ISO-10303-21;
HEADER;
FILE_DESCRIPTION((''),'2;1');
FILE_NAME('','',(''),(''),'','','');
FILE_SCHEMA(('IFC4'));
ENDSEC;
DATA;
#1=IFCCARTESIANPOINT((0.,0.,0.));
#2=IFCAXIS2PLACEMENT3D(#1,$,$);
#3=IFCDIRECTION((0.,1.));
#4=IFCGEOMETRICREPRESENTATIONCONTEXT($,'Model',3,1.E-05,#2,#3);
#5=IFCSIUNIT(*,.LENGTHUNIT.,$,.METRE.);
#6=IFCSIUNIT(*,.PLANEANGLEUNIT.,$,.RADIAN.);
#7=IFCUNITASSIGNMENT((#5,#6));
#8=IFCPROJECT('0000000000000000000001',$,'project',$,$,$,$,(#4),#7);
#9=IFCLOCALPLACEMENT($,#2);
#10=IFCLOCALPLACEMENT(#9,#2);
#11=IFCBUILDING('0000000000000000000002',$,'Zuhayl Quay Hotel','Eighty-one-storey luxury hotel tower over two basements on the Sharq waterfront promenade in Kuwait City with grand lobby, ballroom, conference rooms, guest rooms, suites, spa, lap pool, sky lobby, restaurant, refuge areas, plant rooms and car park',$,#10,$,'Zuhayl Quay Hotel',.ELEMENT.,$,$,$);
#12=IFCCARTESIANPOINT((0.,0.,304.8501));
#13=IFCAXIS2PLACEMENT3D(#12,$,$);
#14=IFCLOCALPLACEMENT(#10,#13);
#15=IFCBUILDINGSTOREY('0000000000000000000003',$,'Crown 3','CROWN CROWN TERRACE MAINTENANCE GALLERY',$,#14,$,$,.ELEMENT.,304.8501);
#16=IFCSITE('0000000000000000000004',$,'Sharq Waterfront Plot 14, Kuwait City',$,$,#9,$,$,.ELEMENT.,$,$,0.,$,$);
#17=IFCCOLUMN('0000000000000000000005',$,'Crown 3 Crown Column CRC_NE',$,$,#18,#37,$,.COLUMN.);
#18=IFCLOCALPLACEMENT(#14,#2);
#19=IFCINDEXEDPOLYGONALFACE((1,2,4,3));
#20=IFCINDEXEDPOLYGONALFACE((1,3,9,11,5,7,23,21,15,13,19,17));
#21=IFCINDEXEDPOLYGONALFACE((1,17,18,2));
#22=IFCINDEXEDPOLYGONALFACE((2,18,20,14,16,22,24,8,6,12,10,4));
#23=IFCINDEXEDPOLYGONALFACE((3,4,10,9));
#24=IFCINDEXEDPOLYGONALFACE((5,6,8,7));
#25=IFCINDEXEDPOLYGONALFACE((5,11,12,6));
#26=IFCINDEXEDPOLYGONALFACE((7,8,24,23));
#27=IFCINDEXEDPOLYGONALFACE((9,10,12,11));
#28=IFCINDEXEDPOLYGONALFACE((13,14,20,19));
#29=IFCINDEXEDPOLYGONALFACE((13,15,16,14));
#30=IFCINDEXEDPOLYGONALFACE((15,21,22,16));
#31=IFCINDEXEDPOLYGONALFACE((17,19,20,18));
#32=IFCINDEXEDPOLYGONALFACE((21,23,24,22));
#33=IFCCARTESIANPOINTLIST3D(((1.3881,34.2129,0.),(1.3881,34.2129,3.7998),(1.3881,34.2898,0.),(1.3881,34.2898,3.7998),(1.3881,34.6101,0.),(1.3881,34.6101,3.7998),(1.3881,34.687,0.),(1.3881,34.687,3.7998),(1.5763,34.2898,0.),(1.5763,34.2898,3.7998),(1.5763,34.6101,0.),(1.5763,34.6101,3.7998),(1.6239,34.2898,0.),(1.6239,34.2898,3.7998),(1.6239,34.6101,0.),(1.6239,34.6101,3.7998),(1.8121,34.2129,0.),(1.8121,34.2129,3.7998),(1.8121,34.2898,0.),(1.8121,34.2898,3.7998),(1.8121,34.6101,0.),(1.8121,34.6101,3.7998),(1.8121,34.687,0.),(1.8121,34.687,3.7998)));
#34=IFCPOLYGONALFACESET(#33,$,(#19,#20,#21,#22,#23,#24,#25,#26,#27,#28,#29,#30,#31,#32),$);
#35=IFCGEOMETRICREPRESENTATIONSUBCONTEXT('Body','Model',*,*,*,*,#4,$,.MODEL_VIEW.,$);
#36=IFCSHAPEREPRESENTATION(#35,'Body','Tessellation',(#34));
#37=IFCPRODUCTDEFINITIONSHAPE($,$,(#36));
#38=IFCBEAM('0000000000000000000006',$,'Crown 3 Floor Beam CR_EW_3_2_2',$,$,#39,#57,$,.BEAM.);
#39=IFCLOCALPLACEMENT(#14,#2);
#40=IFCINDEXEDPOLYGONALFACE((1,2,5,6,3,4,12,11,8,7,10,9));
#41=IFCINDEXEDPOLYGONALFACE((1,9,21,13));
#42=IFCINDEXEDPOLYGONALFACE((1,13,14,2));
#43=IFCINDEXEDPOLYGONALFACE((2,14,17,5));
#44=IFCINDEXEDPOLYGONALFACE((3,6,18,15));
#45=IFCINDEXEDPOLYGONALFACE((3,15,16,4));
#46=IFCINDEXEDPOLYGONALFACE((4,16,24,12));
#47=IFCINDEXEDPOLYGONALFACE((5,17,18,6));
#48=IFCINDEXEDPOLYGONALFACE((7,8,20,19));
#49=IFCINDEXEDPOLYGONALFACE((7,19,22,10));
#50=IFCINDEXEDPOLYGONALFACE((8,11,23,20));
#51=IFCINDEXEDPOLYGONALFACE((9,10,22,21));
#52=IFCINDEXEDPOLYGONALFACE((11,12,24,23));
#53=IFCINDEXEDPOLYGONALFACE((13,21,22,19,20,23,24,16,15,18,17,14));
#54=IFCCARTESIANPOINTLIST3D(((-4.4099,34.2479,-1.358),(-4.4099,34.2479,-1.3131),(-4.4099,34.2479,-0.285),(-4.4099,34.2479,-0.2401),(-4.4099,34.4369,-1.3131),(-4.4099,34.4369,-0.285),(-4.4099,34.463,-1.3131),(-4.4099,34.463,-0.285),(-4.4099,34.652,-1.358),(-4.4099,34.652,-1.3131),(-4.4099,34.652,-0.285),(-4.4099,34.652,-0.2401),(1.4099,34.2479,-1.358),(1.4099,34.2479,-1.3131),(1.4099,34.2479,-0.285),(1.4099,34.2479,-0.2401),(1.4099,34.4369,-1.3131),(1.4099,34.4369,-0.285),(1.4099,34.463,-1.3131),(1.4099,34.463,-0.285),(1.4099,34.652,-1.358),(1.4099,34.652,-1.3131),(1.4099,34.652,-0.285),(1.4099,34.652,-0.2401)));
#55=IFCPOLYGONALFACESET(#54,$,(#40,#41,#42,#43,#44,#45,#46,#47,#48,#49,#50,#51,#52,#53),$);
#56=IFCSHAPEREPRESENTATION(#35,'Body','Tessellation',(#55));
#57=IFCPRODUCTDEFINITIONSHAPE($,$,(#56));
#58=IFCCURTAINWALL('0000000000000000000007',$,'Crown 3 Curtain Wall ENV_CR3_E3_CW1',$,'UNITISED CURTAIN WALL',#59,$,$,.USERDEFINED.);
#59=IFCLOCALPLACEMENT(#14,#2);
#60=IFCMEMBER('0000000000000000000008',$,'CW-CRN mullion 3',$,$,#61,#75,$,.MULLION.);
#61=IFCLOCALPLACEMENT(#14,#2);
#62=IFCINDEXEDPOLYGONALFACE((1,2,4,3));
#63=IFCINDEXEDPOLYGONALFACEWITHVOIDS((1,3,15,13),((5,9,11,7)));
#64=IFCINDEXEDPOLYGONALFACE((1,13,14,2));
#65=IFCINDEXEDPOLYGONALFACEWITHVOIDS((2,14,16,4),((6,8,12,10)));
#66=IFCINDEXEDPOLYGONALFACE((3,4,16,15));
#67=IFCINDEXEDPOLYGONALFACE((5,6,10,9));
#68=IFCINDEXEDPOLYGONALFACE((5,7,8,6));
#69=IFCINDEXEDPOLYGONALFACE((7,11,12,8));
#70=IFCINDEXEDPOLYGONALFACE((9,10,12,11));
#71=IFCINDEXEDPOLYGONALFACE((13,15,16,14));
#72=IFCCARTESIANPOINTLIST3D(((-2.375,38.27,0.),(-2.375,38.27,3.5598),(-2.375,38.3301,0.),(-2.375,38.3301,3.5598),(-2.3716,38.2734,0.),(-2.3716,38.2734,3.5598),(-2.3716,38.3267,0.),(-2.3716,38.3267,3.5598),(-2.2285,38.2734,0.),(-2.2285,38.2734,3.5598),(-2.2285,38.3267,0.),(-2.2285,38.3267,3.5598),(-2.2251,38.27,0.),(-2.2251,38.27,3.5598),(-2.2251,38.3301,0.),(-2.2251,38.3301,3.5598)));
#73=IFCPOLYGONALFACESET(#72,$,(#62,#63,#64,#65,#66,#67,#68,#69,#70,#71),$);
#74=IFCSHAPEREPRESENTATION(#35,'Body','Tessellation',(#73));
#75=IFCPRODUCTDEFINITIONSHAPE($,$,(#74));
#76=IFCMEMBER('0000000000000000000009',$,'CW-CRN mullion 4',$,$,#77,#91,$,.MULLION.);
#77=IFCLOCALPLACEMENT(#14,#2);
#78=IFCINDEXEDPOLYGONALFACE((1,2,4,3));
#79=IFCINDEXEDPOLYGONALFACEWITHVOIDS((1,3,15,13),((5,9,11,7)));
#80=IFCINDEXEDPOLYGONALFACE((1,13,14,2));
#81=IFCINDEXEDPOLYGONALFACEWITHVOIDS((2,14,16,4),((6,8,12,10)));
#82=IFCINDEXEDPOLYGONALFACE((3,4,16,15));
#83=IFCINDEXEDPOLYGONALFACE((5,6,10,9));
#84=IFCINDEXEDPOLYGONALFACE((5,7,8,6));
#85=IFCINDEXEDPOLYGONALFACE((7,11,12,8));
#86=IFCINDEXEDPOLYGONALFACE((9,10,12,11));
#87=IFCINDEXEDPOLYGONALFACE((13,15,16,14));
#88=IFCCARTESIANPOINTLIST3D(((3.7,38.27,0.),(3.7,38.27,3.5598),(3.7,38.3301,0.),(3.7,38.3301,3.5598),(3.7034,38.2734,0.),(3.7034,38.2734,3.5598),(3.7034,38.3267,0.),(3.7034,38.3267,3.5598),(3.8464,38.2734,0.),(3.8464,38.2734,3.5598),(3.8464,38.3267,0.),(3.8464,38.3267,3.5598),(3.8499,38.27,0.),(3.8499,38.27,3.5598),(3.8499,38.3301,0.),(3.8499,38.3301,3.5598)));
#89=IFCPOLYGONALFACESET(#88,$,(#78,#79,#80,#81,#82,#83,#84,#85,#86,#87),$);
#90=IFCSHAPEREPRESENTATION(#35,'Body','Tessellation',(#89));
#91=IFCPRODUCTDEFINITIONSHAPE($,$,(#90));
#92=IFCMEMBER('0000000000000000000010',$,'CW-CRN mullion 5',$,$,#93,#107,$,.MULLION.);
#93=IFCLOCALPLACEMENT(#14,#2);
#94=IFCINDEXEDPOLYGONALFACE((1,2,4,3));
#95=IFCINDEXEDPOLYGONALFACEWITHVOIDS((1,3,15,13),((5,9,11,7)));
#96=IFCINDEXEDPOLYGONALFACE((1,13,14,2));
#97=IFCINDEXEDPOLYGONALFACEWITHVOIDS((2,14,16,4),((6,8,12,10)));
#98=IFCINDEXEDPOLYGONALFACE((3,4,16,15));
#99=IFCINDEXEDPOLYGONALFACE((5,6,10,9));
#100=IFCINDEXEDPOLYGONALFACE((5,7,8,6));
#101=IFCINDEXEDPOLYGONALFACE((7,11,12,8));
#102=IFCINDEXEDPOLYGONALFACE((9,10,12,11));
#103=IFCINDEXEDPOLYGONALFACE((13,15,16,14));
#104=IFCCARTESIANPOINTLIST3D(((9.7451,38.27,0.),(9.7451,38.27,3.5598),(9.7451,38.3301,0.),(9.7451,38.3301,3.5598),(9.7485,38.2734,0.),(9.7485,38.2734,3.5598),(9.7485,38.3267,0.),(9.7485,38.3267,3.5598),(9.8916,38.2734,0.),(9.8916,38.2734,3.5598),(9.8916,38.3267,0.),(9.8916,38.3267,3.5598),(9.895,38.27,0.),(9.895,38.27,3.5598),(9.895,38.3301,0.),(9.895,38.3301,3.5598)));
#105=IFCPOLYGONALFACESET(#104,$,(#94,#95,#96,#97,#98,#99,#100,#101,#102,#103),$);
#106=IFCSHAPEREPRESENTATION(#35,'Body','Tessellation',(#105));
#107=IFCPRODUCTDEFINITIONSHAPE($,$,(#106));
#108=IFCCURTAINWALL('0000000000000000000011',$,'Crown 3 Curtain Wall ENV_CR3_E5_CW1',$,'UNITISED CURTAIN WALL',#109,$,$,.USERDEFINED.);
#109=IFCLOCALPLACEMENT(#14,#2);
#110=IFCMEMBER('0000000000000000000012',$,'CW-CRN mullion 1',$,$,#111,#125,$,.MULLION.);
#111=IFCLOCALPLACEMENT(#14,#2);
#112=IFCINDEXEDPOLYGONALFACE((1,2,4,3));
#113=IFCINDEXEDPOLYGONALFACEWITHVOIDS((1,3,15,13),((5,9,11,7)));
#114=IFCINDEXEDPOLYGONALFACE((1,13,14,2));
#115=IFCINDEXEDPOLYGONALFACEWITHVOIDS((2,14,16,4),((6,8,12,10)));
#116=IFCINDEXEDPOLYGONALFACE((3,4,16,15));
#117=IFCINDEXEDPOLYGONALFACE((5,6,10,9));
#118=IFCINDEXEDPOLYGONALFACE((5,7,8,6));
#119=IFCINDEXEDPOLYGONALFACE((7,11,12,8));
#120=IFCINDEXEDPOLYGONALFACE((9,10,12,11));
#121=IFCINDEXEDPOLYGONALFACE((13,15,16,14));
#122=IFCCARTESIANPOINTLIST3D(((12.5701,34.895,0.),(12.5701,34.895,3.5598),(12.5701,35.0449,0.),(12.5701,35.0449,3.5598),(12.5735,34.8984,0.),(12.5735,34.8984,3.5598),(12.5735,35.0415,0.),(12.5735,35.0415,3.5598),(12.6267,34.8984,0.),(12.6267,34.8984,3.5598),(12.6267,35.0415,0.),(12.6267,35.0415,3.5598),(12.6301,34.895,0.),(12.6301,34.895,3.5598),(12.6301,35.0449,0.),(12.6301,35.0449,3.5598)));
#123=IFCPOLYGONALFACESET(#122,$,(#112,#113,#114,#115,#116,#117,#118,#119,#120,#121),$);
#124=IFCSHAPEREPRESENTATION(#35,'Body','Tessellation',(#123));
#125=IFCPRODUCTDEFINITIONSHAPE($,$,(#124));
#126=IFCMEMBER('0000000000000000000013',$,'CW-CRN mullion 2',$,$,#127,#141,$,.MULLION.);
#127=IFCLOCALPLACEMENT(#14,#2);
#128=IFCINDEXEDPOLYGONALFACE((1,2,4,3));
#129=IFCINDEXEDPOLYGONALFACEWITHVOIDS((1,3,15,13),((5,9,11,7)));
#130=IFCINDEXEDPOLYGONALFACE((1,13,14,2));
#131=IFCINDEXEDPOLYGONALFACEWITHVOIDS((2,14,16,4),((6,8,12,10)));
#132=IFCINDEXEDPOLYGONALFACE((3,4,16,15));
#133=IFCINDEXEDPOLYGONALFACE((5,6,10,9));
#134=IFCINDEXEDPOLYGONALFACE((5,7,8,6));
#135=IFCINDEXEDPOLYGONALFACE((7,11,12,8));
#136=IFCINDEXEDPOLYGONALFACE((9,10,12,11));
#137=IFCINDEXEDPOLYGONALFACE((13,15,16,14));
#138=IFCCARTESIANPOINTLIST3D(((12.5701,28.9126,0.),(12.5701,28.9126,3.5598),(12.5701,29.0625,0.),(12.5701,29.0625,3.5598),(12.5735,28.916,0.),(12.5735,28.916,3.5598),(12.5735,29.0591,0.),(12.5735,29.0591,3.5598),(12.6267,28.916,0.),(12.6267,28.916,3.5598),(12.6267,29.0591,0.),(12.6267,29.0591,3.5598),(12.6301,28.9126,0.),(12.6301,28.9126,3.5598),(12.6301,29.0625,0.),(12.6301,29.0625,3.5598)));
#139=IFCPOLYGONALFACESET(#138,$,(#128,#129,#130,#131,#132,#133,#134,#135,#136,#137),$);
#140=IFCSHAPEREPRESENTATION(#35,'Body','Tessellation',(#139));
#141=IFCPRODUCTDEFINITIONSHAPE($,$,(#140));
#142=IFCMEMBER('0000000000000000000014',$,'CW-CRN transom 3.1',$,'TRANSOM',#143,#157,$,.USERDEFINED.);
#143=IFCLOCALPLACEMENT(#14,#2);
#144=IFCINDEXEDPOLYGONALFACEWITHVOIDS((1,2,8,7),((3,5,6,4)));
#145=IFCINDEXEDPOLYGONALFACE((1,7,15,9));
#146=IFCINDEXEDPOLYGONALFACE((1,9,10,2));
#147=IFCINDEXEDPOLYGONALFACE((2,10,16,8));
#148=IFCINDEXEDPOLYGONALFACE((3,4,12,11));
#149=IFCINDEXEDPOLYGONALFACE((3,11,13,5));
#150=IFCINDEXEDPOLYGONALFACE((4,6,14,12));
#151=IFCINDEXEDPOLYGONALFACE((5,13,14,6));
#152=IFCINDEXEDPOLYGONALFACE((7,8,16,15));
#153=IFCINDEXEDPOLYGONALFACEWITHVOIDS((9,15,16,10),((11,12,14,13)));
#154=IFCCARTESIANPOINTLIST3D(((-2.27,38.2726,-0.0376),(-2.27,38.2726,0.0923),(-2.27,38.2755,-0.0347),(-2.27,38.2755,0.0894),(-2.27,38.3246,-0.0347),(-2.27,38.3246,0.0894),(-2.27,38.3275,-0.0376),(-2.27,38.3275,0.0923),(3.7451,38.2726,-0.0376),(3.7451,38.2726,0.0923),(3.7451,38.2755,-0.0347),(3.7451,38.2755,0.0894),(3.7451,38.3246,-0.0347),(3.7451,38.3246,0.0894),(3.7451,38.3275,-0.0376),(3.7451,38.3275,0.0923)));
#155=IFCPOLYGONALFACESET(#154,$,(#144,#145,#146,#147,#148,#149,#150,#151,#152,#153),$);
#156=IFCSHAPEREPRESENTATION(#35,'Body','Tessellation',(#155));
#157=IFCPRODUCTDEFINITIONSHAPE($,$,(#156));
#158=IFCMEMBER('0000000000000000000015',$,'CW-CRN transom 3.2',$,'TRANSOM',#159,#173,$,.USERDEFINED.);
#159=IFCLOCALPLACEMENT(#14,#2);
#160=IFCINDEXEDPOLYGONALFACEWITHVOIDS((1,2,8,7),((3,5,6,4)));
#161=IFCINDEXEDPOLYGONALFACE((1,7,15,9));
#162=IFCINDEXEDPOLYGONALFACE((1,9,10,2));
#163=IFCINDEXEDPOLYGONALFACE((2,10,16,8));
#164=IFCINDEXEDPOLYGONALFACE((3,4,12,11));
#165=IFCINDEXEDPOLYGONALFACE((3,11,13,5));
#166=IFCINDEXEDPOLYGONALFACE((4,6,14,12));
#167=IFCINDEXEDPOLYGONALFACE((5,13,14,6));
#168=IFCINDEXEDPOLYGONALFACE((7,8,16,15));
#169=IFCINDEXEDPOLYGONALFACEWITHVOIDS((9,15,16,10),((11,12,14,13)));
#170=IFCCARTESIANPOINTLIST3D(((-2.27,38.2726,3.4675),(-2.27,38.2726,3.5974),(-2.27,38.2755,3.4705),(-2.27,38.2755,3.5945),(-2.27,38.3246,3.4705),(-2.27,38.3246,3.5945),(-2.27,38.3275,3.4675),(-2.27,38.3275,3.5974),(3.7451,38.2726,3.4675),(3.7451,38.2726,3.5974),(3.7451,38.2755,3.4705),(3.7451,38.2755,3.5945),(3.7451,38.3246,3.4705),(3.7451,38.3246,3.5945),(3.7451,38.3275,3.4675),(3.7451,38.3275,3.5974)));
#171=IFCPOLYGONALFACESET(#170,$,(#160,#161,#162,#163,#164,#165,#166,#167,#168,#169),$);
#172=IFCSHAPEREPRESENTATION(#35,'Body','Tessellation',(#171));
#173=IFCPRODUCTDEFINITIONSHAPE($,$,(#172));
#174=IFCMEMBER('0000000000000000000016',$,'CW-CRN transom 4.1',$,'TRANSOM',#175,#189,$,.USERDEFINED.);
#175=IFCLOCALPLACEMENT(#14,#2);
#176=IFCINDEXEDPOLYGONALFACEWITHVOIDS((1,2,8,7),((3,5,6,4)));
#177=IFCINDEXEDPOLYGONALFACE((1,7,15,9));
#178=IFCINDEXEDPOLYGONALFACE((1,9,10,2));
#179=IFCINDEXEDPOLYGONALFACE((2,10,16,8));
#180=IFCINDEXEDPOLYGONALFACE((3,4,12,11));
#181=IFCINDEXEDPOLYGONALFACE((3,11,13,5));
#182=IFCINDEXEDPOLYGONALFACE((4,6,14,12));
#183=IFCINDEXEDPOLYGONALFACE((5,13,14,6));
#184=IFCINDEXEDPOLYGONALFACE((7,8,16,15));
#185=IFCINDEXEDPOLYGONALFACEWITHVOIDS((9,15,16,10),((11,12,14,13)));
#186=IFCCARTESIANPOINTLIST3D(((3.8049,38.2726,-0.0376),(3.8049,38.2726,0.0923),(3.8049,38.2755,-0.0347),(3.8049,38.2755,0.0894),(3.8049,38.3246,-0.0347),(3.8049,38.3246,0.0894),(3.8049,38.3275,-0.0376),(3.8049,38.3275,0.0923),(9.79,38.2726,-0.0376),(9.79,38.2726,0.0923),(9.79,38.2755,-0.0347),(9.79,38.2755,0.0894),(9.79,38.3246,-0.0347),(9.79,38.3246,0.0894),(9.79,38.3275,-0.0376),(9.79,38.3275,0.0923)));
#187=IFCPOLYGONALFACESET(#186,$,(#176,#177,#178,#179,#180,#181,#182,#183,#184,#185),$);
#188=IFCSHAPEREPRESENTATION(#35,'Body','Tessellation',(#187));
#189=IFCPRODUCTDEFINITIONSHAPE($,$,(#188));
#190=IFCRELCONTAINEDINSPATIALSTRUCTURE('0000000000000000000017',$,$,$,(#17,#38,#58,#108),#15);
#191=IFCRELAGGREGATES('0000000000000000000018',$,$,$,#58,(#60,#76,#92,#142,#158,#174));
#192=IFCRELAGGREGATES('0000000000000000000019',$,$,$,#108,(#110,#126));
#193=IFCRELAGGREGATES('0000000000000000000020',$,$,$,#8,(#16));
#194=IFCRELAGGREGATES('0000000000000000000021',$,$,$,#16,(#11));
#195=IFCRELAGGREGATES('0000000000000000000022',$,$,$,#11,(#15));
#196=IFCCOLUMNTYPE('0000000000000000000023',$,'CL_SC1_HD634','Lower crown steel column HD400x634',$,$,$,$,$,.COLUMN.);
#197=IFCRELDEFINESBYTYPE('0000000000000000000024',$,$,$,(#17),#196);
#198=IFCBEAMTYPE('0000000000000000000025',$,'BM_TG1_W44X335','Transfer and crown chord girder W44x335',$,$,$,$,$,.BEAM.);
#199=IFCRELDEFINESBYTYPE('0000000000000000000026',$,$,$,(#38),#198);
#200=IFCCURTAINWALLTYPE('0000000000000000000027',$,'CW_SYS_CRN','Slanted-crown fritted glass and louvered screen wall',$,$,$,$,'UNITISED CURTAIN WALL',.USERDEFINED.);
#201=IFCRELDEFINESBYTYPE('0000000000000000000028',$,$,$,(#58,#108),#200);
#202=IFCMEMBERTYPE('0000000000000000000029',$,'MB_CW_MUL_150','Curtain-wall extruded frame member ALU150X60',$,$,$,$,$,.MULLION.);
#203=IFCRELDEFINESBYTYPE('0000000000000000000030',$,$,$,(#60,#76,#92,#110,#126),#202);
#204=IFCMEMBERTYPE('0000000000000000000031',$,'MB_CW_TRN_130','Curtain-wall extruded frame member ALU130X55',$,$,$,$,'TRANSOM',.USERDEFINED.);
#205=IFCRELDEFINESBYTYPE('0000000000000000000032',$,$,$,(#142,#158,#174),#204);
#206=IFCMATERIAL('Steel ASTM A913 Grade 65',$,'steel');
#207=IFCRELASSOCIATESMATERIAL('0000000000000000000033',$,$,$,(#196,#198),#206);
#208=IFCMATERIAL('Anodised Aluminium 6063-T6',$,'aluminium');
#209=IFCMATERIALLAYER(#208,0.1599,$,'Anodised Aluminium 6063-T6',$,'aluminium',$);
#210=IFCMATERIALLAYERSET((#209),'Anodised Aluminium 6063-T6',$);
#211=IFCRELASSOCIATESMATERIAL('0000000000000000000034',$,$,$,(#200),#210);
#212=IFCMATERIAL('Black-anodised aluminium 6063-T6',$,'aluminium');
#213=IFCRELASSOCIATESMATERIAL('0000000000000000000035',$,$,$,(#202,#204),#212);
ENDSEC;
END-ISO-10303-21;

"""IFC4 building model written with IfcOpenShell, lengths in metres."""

from ifc_helpers import new_model, si_unit, direction, frame, origin, origin_2d, place, context, subcontext, project, spatial, hollow_rectangle, i_section, extrude, material, layer, layer_set, material_profile, profile_set, type_object, element, aggregate, save


model = new_model("IFC4")

# Units and contexts
model_context = context("Model", 3, precision=1e-05, world=origin(), true_north=direction((0.0, 1.0)))
body_context = subcontext(model_context, "Body", "Model", "MODEL_VIEW")
ifc_project = project(units=[si_unit("LENGTHUNIT", "METRE"), si_unit("PLANEANGLEUNIT", "RADIAN")], contexts=[model_context])

# Site, building, storey
site_placement = place(None, origin())
site = spatial("IfcSite", under=ifc_project, at=site_placement, Name="Sharq Waterfront Plot 14, Kuwait City", CompositionType="ELEMENT", RefElevation=0.0)
building_placement = place(site_placement, origin())
building = spatial("IfcBuilding", under=site, at=building_placement, Name="Zuhayl Quay Hotel", Description="Eighty-one-storey luxury hotel tower over two basements on the Sharq waterfront promenade in Kuwait City with grand lobby, ballroom, conference rooms, guest rooms, suites, spa, lap pool, sky lobby, restaurant, refuge areas, plant rooms and car park", LongName="Zuhayl Quay Hotel", CompositionType="ELEMENT")
storey_placement = place(building_placement, frame((0.0, 0.0, 304.8501)))
storey = spatial("IfcBuildingStorey", under=building, at=storey_placement, Name="Crown 3", Description="CROWN CROWN TERRACE MAINTENANCE GALLERY", CompositionType="ELEMENT", Elevation=304.8501)

# Column
ifc_material_1 = material(Name="Steel ASTM A913 Grade 65", Category="steel")
ifc_material_profile_1 = material_profile(ifc_material_1, i_section(OverallWidth=0.4241, OverallDepth=0.4741, WebThickness=0.0476, FlangeThickness=0.0769, at=origin_2d()), Name="HD400X634")
ifc_profile_set_1 = profile_set([ifc_material_profile_1], Name="Steel ASTM A913 Grade 65")
column_type = type_object("IfcColumnType", Name="CL_SC1_HD634", Description="Lower crown steel column HD400x634", PredefinedType="COLUMN", material=ifc_profile_set_1)
column_placement = place(storey_placement, frame((1.6001, 34.45, 0.0), z_axis=(0.0, 0.0, 1.0), x_axis=(1.0, 0.0, 0.0)))
element("IfcColumn", 1, at=column_placement, inside=storey, type_object=column_type, Name="Crown 3 Crown Column CRC_NE", PredefinedType="COLUMN", context=body_context, shape_type="SweptSolid", body=[
    extrude(i_section(OverallWidth=0.4241, OverallDepth=0.4741, WebThickness=0.0476, FlangeThickness=0.0769, at=origin_2d()), origin(), (0.0, 0.0, 1.0), 3.7998),
])

# Beam
ifc_material_profile_2 = material_profile(ifc_material_1, i_section(OverallWidth=0.4041, OverallDepth=1.1179, WebThickness=0.0261, FlangeThickness=0.0449, at=origin_2d()), Name="W44X335")
ifc_profile_set_2 = profile_set([ifc_material_profile_2], Name="Steel ASTM A913 Grade 65")
beam_type = type_object("IfcBeamType", Name="BM_TG1_W44X335", Description="Transfer and crown chord girder W44x335", PredefinedType="BEAM", material=ifc_profile_set_2)
beam_placement = place(storey_placement, frame((-4.4099, 34.45, -0.7991), z_axis=(1.0, 0.0, 0.0), x_axis=(0.0, 1.0, 0.0)))
element("IfcBeam", 2, at=beam_placement, inside=storey, type_object=beam_type, Name="Crown 3 Floor Beam CR_EW_3_2_2", PredefinedType="BEAM", context=body_context, shape_type="SweptSolid", body=[
    extrude(i_section(OverallWidth=0.4041, OverallDepth=1.1179, WebThickness=0.0261, FlangeThickness=0.0449, at=origin_2d()), origin(), (0.0, 0.0, 1.0), 5.8198),
])

# Curtain walls, members
ifc_material_2 = material(Name="Anodised Aluminium 6063-T6", Category="aluminium")
ifc_layer_1 = layer(ifc_material_2, 0.1599, Name="Anodised Aluminium 6063-T6", Category="aluminium")
ifc_layer_set_1 = layer_set([ifc_layer_1], Name="Anodised Aluminium 6063-T6")
curtain_wall_type = type_object("IfcCurtainWallType", Name="CW_SYS_CRN", Description="Slanted-crown fritted glass and louvered screen wall", ElementType="UNITISED CURTAIN WALL", PredefinedType="USERDEFINED", material=ifc_layer_set_1)
curtain_wall_1_placement = place(storey_placement, origin())
curtain_wall_1 = element("IfcCurtainWall", 3, at=curtain_wall_1_placement, inside=storey, type_object=curtain_wall_type, Name="Crown 3 Curtain Wall ENV_CR3_E3_CW1", ObjectType="UNITISED CURTAIN WALL", PredefinedType="USERDEFINED")
ifc_material_3 = material(Name="Black-anodised aluminium 6063-T6", Category="aluminium")
ifc_material_profile_3 = material_profile(ifc_material_3, hollow_rectangle(XDim=0.0601, YDim=0.1499, WallThickness=0.0034, at=origin_2d()), Name="ALU150X60")
ifc_profile_set_3 = profile_set([ifc_material_profile_3], Name="Black-anodised aluminium 6063-T6")
member_type_1 = type_object("IfcMemberType", Name="MB_CW_MUL_150", Description="Curtain-wall extruded frame member ALU150X60", PredefinedType="MULLION", material=ifc_profile_set_3)
member_1_placement = place(storey_placement, frame((-2.3, 38.3, 0.0), z_axis=(0.0, 0.0, 1.0), x_axis=(0.0, 1.0, 0.0)))
member_1 = element("IfcMember", 4, at=member_1_placement, type_object=member_type_1, Name="CW-CRN mullion 3", PredefinedType="MULLION", context=body_context, shape_type="SweptSolid", body=[
    extrude(hollow_rectangle(XDim=0.0601, YDim=0.1499, WallThickness=0.0034, at=origin_2d()), origin(), (0.0, 0.0, 1.0), 3.5598),
])
member_2_placement = place(storey_placement, frame((3.7749, 38.3, 0.0), z_axis=(0.0, 0.0, 1.0), x_axis=(0.0, 1.0, 0.0)))
member_2 = element("IfcMember", 5, at=member_2_placement, type_object=member_type_1, Name="CW-CRN mullion 4", PredefinedType="MULLION", context=body_context, shape_type="SweptSolid", body=[
    extrude(hollow_rectangle(XDim=0.0601, YDim=0.1499, WallThickness=0.0034, at=origin_2d()), origin(), (0.0, 0.0, 1.0), 3.5598),
])
member_3_placement = place(storey_placement, frame((9.8201, 38.3, 0.0), z_axis=(0.0, 0.0, 1.0), x_axis=(0.0, 1.0, 0.0)))
member_3 = element("IfcMember", 6, at=member_3_placement, type_object=member_type_1, Name="CW-CRN mullion 5", PredefinedType="MULLION", context=body_context, shape_type="SweptSolid", body=[
    extrude(hollow_rectangle(XDim=0.0601, YDim=0.1499, WallThickness=0.0034, at=origin_2d()), origin(), (0.0, 0.0, 1.0), 3.5598),
])
curtain_wall_2_placement = place(storey_placement, origin())
curtain_wall_2 = element("IfcCurtainWall", 7, at=curtain_wall_2_placement, inside=storey, type_object=curtain_wall_type, Name="Crown 3 Curtain Wall ENV_CR3_E5_CW1", ObjectType="UNITISED CURTAIN WALL", PredefinedType="USERDEFINED")
member_4_placement = place(storey_placement, frame((12.6001, 34.97, 0.0), z_axis=(0.0, 0.0, 1.0), x_axis=(1.0, 0.0, 0.0)))
member_4 = element("IfcMember", 8, at=member_4_placement, type_object=member_type_1, Name="CW-CRN mullion 1", PredefinedType="MULLION", context=body_context, shape_type="SweptSolid", body=[
    extrude(hollow_rectangle(XDim=0.0601, YDim=0.1499, WallThickness=0.0034, at=origin_2d()), origin(), (0.0, 0.0, 1.0), 3.5598),
])
member_5_placement = place(storey_placement, frame((12.6001, 28.9875, 0.0), z_axis=(0.0, 0.0, 1.0), x_axis=(1.0, 0.0, 0.0)))
member_5 = element("IfcMember", 9, at=member_5_placement, type_object=member_type_1, Name="CW-CRN mullion 2", PredefinedType="MULLION", context=body_context, shape_type="SweptSolid", body=[
    extrude(hollow_rectangle(XDim=0.0601, YDim=0.1499, WallThickness=0.0034, at=origin_2d()), origin(), (0.0, 0.0, 1.0), 3.5598),
])

# Members
ifc_material_profile_4 = material_profile(ifc_material_3, hollow_rectangle(XDim=0.0549, YDim=0.1299, WallThickness=0.0029, at=origin_2d()), Name="ALU130X55")
ifc_profile_set_4 = profile_set([ifc_material_profile_4], Name="Black-anodised aluminium 6063-T6")
member_type_2 = type_object("IfcMemberType", Name="MB_CW_TRN_130", Description="Curtain-wall extruded frame member ALU130X55", ElementType="TRANSOM", PredefinedType="USERDEFINED", material=ifc_profile_set_4)
member_6_placement = place(storey_placement, frame((-2.27, 38.3, 0.0273), z_axis=(1.0, 0.0, 0.0), x_axis=(0.0, 1.0, 0.0)))
member_6 = element("IfcMember", 10, at=member_6_placement, type_object=member_type_2, Name="CW-CRN transom 3.1", ObjectType="TRANSOM", PredefinedType="USERDEFINED", context=body_context, shape_type="SweptSolid", body=[
    extrude(hollow_rectangle(XDim=0.0549, YDim=0.1299, WallThickness=0.0029, at=origin_2d()), origin(), (0.0, 0.0, 1.0), 6.0151),
])
member_7_placement = place(storey_placement, frame((-2.27, 38.3, 3.5325), z_axis=(1.0, 0.0, 0.0), x_axis=(0.0, 1.0, 0.0)))
member_7 = element("IfcMember", 11, at=member_7_placement, type_object=member_type_2, Name="CW-CRN transom 3.2", ObjectType="TRANSOM", PredefinedType="USERDEFINED", context=body_context, shape_type="SweptSolid", body=[
    extrude(hollow_rectangle(XDim=0.0549, YDim=0.1299, WallThickness=0.0029, at=origin_2d()), origin(), (0.0, 0.0, 1.0), 6.0151),
])
member_8_placement = place(storey_placement, frame((3.8049, 38.3, 0.0273), z_axis=(1.0, 0.0, 0.0), x_axis=(0.0, 1.0, 0.0)))
member_8 = element("IfcMember", 12, at=member_8_placement, type_object=member_type_2, Name="CW-CRN transom 4.1", ObjectType="TRANSOM", PredefinedType="USERDEFINED", context=body_context, shape_type="SweptSolid", body=[
    extrude(hollow_rectangle(XDim=0.0549, YDim=0.1299, WallThickness=0.0029, at=origin_2d()), origin(), (0.0, 0.0, 1.0), 5.9851),
])

aggregate(curtain_wall_1, [member_1, member_2, member_3, member_6, member_7, member_8])
aggregate(curtain_wall_2, [member_4, member_5])

save(model, "model.ifc")
